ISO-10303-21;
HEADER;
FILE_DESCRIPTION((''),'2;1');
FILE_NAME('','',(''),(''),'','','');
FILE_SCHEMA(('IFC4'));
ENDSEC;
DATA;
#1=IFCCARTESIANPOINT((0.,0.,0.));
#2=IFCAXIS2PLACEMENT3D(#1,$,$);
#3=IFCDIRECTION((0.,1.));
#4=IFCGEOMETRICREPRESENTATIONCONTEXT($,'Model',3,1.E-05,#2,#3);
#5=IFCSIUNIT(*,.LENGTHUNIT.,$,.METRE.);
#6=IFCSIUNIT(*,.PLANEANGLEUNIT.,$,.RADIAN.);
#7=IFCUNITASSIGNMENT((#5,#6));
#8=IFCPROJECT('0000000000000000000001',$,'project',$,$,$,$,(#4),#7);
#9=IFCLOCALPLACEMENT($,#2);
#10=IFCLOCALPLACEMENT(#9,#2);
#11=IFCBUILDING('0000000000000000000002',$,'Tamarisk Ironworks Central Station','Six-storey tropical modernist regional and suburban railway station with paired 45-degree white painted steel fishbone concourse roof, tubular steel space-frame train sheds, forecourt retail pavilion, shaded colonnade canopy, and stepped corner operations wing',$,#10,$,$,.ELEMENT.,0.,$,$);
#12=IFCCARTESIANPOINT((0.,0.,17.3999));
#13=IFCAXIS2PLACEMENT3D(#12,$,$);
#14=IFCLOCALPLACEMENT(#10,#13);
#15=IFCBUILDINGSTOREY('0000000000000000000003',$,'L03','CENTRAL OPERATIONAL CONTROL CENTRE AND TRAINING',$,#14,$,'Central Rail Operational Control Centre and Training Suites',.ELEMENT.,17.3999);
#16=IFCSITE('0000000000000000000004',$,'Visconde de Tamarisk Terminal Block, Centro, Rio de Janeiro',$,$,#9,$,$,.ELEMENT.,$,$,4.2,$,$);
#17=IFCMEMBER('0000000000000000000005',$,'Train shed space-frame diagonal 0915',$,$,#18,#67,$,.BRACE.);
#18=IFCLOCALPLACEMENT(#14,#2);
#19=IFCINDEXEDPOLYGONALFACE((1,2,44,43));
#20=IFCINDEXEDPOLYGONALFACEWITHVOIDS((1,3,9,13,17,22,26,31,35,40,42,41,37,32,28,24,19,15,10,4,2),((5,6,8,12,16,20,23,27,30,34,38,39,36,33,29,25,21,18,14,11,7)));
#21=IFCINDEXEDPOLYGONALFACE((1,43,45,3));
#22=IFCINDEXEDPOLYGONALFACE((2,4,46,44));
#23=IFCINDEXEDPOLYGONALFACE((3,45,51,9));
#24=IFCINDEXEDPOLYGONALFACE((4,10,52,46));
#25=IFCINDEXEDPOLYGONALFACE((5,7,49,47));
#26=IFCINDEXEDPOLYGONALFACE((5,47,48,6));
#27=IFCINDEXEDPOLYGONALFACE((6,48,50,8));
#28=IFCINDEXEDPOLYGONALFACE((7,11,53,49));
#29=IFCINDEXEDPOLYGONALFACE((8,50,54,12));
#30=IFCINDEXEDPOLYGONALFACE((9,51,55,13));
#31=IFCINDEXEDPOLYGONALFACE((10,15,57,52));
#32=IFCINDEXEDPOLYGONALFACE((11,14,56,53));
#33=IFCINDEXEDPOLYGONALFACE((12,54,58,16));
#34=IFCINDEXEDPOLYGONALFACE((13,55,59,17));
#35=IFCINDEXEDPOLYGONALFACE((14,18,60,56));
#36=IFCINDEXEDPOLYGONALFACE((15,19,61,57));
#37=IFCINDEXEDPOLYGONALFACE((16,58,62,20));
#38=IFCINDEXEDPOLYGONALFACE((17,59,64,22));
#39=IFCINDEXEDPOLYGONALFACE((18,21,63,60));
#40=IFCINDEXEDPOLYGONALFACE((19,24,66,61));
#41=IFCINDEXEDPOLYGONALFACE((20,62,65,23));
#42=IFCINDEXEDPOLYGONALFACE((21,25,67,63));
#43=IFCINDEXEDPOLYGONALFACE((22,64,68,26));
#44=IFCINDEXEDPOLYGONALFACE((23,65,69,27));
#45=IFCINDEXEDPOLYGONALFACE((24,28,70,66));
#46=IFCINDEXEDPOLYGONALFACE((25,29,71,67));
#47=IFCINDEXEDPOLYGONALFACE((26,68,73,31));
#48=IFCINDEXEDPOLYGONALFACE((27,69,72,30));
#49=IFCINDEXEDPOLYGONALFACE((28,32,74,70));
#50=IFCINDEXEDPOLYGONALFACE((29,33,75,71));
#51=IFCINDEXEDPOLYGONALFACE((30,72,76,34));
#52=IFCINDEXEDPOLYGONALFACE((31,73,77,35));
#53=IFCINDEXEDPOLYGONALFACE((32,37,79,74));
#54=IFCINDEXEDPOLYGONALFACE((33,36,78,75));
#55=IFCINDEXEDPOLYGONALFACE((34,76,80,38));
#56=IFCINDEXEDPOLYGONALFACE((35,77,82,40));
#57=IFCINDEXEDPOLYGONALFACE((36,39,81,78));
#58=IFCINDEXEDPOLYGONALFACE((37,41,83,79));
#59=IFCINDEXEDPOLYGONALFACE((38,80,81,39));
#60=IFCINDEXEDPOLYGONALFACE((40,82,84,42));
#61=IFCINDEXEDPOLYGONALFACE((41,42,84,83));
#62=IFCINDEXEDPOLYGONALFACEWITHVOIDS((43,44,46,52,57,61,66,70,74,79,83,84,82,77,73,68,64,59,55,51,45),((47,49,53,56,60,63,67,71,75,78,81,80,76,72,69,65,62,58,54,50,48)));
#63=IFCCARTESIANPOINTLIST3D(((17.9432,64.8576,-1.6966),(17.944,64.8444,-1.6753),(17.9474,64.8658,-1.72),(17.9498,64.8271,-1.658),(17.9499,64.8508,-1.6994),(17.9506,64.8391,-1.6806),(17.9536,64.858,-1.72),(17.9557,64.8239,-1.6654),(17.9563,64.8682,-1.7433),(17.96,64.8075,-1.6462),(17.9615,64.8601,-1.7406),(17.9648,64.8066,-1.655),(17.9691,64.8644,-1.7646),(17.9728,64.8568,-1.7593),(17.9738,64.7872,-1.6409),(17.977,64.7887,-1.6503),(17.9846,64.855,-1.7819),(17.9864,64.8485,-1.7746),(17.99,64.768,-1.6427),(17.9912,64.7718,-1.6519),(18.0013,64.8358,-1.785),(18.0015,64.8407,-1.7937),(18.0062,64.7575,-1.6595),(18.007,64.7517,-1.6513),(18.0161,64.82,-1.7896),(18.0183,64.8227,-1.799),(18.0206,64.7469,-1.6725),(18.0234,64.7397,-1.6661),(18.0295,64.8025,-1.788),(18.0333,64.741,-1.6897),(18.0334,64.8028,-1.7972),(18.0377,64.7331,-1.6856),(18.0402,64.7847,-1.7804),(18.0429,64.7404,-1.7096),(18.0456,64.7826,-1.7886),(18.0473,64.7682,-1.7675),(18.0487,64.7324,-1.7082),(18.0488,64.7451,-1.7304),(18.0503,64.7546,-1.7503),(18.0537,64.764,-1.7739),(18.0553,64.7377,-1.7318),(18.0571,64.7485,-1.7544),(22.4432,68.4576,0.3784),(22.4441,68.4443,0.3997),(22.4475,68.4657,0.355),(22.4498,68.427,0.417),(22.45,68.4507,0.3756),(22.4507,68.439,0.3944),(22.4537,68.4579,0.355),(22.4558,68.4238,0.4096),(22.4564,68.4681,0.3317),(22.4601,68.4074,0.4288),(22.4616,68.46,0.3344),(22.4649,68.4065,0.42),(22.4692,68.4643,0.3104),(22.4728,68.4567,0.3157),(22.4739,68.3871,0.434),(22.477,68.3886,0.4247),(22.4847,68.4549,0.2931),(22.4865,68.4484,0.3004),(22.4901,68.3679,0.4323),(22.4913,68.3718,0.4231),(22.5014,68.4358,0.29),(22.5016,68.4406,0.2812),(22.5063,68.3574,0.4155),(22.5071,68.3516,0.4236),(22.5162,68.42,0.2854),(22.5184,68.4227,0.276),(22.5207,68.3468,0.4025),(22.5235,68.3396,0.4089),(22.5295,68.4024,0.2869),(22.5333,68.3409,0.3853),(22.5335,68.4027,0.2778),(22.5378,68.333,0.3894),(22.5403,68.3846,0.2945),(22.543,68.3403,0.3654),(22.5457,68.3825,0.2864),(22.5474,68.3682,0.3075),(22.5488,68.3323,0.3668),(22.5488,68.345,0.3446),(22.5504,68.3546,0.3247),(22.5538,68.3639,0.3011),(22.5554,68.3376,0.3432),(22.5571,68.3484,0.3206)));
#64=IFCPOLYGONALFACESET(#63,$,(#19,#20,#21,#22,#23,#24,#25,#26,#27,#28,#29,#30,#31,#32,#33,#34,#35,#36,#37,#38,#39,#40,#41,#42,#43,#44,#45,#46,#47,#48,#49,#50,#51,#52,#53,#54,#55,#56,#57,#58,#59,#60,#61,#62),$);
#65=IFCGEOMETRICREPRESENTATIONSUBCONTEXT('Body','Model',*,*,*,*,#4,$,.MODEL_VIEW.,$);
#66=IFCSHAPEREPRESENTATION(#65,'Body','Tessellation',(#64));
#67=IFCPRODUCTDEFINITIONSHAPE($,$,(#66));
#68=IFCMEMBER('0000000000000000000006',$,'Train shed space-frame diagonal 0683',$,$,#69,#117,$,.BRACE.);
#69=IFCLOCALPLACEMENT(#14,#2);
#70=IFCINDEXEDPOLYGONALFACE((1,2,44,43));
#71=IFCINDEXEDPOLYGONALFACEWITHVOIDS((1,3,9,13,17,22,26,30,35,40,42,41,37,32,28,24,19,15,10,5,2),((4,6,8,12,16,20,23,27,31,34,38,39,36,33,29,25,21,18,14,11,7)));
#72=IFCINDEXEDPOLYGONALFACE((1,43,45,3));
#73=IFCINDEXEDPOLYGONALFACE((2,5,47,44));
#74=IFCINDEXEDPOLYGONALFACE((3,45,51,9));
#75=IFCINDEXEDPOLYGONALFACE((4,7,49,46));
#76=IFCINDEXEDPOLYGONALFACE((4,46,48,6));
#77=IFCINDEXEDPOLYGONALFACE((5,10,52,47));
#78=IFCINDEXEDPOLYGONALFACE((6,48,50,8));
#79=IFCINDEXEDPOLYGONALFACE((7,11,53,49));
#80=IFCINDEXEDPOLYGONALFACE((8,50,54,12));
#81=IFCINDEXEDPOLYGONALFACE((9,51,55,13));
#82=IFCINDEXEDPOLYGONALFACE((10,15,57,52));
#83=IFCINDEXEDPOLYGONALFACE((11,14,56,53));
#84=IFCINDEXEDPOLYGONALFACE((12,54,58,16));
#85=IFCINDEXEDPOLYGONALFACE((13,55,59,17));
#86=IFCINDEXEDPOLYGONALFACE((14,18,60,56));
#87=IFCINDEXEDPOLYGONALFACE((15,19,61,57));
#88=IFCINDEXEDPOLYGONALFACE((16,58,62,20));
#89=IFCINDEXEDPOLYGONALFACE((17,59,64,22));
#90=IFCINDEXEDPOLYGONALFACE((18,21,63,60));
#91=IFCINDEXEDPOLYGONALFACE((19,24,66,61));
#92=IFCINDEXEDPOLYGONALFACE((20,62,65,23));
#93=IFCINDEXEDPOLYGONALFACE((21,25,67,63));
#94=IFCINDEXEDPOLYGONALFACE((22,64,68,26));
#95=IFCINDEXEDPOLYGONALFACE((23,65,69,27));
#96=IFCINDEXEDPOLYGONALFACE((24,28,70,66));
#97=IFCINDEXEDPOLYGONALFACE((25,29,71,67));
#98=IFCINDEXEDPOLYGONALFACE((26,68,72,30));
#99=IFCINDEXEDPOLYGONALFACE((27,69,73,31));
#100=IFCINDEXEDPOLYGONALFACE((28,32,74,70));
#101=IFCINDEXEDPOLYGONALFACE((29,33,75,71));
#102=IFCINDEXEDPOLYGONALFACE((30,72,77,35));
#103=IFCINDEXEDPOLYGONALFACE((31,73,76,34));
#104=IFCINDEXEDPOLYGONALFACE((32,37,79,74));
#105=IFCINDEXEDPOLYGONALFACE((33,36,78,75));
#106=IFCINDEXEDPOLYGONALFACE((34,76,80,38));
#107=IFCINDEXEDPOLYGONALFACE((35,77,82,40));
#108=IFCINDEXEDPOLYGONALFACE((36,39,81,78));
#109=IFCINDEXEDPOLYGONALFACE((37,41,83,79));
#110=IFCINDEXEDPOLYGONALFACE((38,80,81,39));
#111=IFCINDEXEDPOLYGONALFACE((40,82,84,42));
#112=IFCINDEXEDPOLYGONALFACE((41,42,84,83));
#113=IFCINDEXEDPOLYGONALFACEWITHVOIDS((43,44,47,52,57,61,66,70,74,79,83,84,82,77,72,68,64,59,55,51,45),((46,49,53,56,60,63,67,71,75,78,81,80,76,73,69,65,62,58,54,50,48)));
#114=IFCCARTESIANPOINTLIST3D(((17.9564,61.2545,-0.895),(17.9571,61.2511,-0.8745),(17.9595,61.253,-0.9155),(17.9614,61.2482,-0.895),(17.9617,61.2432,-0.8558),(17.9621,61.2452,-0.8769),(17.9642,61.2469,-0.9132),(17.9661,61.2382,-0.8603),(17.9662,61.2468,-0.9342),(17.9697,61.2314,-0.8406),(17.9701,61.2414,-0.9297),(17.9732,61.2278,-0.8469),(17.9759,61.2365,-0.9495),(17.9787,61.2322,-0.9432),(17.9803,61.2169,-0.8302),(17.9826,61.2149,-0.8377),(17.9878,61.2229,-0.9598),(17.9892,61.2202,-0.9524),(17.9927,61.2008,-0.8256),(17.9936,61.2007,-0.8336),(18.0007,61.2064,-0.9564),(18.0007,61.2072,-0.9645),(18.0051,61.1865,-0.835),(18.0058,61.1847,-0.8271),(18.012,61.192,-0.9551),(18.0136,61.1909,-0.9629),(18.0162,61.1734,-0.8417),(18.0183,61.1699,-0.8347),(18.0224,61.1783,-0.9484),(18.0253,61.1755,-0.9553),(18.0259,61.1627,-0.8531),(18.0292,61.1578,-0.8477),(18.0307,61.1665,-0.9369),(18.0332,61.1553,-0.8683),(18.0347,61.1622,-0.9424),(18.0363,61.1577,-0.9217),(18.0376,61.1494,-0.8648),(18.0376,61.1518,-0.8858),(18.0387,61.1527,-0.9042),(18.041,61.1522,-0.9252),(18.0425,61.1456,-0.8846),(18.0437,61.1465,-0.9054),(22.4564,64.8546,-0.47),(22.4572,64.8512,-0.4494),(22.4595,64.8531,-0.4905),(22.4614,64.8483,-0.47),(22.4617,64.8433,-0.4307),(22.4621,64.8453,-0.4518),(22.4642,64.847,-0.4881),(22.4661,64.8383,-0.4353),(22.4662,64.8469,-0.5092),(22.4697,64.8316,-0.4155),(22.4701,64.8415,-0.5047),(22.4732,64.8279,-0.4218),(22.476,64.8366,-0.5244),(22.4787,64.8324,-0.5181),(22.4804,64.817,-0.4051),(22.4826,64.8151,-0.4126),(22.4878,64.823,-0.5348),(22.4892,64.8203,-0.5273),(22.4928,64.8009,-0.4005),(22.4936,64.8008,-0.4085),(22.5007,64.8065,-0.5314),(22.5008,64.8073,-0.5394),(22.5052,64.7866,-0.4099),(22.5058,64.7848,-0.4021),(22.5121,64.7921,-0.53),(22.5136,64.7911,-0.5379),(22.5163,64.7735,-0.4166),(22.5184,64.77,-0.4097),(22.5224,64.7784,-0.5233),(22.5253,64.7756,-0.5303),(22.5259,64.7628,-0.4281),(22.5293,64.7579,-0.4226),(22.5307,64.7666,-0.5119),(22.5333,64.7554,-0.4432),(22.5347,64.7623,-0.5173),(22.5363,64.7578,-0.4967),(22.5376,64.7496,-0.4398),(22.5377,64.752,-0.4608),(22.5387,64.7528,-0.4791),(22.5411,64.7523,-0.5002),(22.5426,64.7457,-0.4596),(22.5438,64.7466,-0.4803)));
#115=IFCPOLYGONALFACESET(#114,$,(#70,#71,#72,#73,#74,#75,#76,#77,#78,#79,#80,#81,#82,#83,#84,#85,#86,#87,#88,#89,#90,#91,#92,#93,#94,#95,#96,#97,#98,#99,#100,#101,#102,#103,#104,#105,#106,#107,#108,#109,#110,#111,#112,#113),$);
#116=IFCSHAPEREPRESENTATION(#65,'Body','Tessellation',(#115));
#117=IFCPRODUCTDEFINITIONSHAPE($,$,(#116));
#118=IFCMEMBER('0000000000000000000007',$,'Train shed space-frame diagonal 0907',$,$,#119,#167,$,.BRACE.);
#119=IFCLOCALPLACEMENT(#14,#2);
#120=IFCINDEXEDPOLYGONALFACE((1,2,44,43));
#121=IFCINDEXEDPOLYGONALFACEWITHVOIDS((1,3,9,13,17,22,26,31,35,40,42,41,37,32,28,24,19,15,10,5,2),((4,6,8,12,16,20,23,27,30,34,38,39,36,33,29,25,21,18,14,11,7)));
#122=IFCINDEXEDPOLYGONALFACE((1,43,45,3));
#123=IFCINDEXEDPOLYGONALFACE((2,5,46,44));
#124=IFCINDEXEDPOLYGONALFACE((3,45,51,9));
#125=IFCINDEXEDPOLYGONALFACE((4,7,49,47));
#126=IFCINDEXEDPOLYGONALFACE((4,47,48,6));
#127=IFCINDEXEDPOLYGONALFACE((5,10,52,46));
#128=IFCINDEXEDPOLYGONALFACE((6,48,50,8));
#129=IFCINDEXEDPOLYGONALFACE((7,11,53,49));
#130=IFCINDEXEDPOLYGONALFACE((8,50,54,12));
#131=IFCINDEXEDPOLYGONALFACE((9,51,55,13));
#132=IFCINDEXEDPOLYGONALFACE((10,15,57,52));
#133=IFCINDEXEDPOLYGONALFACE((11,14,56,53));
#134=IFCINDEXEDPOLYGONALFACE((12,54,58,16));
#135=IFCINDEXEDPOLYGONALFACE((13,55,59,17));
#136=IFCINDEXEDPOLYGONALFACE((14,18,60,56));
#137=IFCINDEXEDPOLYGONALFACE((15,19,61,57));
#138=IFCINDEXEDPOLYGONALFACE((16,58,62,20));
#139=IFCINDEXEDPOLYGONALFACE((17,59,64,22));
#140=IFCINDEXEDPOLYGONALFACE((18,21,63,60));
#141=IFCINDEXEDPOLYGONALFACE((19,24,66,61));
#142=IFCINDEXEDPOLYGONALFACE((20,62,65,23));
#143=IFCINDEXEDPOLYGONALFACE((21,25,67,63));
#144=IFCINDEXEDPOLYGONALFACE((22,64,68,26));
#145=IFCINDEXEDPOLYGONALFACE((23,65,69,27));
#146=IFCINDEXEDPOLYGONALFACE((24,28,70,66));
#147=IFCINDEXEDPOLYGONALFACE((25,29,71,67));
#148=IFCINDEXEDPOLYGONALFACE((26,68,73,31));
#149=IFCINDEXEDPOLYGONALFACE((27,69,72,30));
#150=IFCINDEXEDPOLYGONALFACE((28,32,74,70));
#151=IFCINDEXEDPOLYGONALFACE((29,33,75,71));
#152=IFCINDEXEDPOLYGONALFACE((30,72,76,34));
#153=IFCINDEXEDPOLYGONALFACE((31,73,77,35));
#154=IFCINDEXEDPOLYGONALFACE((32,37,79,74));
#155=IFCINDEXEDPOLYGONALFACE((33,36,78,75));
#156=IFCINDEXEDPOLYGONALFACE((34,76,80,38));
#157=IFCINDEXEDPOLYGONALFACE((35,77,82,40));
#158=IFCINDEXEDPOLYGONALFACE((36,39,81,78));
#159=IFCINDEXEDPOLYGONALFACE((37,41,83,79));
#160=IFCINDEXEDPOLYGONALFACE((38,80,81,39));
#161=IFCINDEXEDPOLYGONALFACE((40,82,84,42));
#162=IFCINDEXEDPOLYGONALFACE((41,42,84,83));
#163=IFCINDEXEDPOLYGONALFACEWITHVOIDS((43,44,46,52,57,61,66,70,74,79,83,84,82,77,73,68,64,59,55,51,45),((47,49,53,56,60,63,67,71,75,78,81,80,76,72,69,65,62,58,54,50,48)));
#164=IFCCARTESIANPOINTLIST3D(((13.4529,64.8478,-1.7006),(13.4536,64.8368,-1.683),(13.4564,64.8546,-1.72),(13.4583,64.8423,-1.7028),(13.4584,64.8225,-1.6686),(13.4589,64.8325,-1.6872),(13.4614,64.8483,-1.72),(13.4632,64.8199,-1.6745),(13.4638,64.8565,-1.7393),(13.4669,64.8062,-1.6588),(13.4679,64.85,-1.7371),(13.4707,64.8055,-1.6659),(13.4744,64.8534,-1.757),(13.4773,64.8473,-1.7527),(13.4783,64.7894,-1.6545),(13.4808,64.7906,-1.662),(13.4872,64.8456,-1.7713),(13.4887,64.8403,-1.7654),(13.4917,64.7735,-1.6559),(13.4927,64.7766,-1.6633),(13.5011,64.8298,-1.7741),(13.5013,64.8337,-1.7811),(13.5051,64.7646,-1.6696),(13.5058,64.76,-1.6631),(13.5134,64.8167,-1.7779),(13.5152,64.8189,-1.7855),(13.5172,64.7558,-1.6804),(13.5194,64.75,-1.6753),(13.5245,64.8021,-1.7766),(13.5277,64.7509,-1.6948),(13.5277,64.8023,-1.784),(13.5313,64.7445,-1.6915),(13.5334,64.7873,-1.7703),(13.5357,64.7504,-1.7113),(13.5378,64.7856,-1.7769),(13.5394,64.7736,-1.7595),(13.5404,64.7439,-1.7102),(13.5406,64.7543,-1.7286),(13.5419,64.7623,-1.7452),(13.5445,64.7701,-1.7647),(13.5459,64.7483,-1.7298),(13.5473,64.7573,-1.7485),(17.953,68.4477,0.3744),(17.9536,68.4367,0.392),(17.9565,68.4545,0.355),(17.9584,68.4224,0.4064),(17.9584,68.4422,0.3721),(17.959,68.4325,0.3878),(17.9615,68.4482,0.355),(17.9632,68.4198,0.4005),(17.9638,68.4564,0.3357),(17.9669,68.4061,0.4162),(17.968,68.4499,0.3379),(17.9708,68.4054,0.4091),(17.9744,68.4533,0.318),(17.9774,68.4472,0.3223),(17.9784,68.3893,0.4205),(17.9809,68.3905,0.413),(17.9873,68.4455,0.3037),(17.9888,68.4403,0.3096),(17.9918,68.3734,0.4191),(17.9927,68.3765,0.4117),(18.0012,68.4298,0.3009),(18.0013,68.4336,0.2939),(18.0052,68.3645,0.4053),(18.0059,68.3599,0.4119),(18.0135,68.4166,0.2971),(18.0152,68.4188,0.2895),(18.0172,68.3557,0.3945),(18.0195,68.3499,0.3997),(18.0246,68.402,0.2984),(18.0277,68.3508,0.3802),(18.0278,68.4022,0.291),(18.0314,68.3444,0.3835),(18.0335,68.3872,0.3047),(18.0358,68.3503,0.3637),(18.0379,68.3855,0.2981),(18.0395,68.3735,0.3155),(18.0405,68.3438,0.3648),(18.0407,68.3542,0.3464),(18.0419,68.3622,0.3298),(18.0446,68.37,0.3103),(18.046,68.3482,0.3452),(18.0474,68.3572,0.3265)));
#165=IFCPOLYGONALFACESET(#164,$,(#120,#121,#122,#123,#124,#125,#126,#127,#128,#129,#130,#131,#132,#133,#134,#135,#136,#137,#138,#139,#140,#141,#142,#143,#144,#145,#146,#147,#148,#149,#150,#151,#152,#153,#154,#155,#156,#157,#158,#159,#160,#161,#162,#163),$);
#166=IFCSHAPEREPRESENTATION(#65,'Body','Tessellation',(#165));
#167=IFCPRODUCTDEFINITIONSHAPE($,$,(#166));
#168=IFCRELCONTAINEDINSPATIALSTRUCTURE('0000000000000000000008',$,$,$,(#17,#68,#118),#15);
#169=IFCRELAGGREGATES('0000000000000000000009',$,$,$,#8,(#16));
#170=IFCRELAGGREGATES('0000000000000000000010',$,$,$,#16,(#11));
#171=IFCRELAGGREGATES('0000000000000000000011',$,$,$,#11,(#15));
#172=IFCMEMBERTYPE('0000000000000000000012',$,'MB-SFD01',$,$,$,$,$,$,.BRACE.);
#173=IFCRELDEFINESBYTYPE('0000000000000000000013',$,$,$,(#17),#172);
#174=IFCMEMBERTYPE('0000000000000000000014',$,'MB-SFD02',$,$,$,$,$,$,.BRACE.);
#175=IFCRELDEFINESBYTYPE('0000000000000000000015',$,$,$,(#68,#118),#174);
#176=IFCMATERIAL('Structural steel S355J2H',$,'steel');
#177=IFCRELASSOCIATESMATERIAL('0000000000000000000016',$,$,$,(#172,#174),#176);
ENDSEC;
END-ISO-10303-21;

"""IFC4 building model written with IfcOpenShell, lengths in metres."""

from ifc_helpers import new_model, si_unit, direction, frame, origin, origin_2d, place, context, subcontext, project, spatial, hollow_circle, extrude, material, material_profile, profile_set, type_object, element, save


model = new_model("IFC4")

# Units and contexts
model_context = context("Model", 3, precision=1e-05, world=origin(), true_north=direction((0.0, 1.0)))
body_context = subcontext(model_context, "Body", "Model", "MODEL_VIEW")
ifc_project = project(units=[si_unit("LENGTHUNIT", "METRE"), si_unit("PLANEANGLEUNIT", "RADIAN")], contexts=[model_context])

# Site, building, storey
site_placement = place(None, origin())
site = spatial("IfcSite", under=ifc_project, at=site_placement, Name="Visconde de Tamarisk Terminal Block, Centro, Rio de Janeiro", CompositionType="ELEMENT", RefElevation=4.2)
building_placement = place(site_placement, origin())
building = spatial("IfcBuilding", under=site, at=building_placement, Name="Tamarisk Ironworks Central Station", Description="Six-storey tropical modernist regional and suburban railway station with paired 45-degree white painted steel fishbone concourse roof, tubular steel space-frame train sheds, forecourt retail pavilion, shaded colonnade canopy, and stepped corner operations wing", CompositionType="ELEMENT", ElevationOfRefHeight=0.0)
storey_placement = place(building_placement, frame((0.0, 0.0, 17.3999)))
storey = spatial("IfcBuildingStorey", under=building, at=storey_placement, Name="L03", Description="CENTRAL OPERATIONAL CONTROL CENTRE AND TRAINING", LongName="Central Rail Operational Control Centre and Training Suites", CompositionType="ELEMENT", Elevation=17.3999)

# Members
ifc_material_1 = material(Name="Structural steel S355J2H", Category="steel")
ifc_material_profile_1 = material_profile(ifc_material_1, hollow_circle(Radius=0.0842, WallThickness=0.01, at=origin_2d()), Name="CHS 168.3x10")
ifc_profile_set_1 = profile_set([ifc_material_profile_1], Name="Structural steel S355J2H")
member_type_1 = type_object("IfcMemberType", Name="MB-SFD01", PredefinedType="BRACE", material=ifc_profile_set_1)
member_1_placement = place(storey_placement, frame((18.0, 64.8, -1.72), z_axis=(0.734706, 0.587741, 0.338773), x_axis=(-0.62468, 0.780881, 0.0)))
element("IfcMember", 1, at=member_1_placement, inside=storey, type_object=member_type_1, Name="Train shed space-frame diagonal 0915", PredefinedType="BRACE", context=body_context, shape_type="SweptSolid", body=[
    extrude(hollow_circle(Radius=0.0842, WallThickness=0.01, at=origin_2d()), origin(), (0.0, 0.0, 1.0), 6.125),
])
ifc_material_profile_2 = material_profile(ifc_material_1, hollow_circle(Radius=0.0698, WallThickness=0.0081, at=origin_2d()), Name="CHS 139.7x8")
ifc_profile_set_2 = profile_set([ifc_material_profile_2], Name="Structural steel S355J2H")
member_type_2 = type_object("IfcMemberType", Name="MB-SFD02", PredefinedType="BRACE", material=ifc_profile_set_2)
member_2_placement = place(storey_placement, frame((18.0, 61.2, -0.895), z_axis=(0.778745, 0.623013, 0.073557), x_axis=(-0.624705, 0.780861, 0.0)))
element("IfcMember", 2, at=member_2_placement, inside=storey, type_object=member_type_2, Name="Train shed space-frame diagonal 0683", PredefinedType="BRACE", context=body_context, shape_type="SweptSolid", body=[
    extrude(hollow_circle(Radius=0.0698, WallThickness=0.0081, at=origin_2d()), origin(), (0.0, 0.0, 1.0), 5.7786),
])
member_3_placement = place(storey_placement, frame((13.5, 64.8, -1.72), z_axis=(0.734706, 0.587741, 0.338773), x_axis=(-0.62468, 0.780881, 0.0)))
element("IfcMember", 3, at=member_3_placement, inside=storey, type_object=member_type_2, Name="Train shed space-frame diagonal 0907", PredefinedType="BRACE", context=body_context, shape_type="SweptSolid", body=[
    extrude(hollow_circle(Radius=0.0698, WallThickness=0.0081, at=origin_2d()), origin(), (0.0, 0.0, 1.0), 6.125),
])

save(model, "model.ifc")
